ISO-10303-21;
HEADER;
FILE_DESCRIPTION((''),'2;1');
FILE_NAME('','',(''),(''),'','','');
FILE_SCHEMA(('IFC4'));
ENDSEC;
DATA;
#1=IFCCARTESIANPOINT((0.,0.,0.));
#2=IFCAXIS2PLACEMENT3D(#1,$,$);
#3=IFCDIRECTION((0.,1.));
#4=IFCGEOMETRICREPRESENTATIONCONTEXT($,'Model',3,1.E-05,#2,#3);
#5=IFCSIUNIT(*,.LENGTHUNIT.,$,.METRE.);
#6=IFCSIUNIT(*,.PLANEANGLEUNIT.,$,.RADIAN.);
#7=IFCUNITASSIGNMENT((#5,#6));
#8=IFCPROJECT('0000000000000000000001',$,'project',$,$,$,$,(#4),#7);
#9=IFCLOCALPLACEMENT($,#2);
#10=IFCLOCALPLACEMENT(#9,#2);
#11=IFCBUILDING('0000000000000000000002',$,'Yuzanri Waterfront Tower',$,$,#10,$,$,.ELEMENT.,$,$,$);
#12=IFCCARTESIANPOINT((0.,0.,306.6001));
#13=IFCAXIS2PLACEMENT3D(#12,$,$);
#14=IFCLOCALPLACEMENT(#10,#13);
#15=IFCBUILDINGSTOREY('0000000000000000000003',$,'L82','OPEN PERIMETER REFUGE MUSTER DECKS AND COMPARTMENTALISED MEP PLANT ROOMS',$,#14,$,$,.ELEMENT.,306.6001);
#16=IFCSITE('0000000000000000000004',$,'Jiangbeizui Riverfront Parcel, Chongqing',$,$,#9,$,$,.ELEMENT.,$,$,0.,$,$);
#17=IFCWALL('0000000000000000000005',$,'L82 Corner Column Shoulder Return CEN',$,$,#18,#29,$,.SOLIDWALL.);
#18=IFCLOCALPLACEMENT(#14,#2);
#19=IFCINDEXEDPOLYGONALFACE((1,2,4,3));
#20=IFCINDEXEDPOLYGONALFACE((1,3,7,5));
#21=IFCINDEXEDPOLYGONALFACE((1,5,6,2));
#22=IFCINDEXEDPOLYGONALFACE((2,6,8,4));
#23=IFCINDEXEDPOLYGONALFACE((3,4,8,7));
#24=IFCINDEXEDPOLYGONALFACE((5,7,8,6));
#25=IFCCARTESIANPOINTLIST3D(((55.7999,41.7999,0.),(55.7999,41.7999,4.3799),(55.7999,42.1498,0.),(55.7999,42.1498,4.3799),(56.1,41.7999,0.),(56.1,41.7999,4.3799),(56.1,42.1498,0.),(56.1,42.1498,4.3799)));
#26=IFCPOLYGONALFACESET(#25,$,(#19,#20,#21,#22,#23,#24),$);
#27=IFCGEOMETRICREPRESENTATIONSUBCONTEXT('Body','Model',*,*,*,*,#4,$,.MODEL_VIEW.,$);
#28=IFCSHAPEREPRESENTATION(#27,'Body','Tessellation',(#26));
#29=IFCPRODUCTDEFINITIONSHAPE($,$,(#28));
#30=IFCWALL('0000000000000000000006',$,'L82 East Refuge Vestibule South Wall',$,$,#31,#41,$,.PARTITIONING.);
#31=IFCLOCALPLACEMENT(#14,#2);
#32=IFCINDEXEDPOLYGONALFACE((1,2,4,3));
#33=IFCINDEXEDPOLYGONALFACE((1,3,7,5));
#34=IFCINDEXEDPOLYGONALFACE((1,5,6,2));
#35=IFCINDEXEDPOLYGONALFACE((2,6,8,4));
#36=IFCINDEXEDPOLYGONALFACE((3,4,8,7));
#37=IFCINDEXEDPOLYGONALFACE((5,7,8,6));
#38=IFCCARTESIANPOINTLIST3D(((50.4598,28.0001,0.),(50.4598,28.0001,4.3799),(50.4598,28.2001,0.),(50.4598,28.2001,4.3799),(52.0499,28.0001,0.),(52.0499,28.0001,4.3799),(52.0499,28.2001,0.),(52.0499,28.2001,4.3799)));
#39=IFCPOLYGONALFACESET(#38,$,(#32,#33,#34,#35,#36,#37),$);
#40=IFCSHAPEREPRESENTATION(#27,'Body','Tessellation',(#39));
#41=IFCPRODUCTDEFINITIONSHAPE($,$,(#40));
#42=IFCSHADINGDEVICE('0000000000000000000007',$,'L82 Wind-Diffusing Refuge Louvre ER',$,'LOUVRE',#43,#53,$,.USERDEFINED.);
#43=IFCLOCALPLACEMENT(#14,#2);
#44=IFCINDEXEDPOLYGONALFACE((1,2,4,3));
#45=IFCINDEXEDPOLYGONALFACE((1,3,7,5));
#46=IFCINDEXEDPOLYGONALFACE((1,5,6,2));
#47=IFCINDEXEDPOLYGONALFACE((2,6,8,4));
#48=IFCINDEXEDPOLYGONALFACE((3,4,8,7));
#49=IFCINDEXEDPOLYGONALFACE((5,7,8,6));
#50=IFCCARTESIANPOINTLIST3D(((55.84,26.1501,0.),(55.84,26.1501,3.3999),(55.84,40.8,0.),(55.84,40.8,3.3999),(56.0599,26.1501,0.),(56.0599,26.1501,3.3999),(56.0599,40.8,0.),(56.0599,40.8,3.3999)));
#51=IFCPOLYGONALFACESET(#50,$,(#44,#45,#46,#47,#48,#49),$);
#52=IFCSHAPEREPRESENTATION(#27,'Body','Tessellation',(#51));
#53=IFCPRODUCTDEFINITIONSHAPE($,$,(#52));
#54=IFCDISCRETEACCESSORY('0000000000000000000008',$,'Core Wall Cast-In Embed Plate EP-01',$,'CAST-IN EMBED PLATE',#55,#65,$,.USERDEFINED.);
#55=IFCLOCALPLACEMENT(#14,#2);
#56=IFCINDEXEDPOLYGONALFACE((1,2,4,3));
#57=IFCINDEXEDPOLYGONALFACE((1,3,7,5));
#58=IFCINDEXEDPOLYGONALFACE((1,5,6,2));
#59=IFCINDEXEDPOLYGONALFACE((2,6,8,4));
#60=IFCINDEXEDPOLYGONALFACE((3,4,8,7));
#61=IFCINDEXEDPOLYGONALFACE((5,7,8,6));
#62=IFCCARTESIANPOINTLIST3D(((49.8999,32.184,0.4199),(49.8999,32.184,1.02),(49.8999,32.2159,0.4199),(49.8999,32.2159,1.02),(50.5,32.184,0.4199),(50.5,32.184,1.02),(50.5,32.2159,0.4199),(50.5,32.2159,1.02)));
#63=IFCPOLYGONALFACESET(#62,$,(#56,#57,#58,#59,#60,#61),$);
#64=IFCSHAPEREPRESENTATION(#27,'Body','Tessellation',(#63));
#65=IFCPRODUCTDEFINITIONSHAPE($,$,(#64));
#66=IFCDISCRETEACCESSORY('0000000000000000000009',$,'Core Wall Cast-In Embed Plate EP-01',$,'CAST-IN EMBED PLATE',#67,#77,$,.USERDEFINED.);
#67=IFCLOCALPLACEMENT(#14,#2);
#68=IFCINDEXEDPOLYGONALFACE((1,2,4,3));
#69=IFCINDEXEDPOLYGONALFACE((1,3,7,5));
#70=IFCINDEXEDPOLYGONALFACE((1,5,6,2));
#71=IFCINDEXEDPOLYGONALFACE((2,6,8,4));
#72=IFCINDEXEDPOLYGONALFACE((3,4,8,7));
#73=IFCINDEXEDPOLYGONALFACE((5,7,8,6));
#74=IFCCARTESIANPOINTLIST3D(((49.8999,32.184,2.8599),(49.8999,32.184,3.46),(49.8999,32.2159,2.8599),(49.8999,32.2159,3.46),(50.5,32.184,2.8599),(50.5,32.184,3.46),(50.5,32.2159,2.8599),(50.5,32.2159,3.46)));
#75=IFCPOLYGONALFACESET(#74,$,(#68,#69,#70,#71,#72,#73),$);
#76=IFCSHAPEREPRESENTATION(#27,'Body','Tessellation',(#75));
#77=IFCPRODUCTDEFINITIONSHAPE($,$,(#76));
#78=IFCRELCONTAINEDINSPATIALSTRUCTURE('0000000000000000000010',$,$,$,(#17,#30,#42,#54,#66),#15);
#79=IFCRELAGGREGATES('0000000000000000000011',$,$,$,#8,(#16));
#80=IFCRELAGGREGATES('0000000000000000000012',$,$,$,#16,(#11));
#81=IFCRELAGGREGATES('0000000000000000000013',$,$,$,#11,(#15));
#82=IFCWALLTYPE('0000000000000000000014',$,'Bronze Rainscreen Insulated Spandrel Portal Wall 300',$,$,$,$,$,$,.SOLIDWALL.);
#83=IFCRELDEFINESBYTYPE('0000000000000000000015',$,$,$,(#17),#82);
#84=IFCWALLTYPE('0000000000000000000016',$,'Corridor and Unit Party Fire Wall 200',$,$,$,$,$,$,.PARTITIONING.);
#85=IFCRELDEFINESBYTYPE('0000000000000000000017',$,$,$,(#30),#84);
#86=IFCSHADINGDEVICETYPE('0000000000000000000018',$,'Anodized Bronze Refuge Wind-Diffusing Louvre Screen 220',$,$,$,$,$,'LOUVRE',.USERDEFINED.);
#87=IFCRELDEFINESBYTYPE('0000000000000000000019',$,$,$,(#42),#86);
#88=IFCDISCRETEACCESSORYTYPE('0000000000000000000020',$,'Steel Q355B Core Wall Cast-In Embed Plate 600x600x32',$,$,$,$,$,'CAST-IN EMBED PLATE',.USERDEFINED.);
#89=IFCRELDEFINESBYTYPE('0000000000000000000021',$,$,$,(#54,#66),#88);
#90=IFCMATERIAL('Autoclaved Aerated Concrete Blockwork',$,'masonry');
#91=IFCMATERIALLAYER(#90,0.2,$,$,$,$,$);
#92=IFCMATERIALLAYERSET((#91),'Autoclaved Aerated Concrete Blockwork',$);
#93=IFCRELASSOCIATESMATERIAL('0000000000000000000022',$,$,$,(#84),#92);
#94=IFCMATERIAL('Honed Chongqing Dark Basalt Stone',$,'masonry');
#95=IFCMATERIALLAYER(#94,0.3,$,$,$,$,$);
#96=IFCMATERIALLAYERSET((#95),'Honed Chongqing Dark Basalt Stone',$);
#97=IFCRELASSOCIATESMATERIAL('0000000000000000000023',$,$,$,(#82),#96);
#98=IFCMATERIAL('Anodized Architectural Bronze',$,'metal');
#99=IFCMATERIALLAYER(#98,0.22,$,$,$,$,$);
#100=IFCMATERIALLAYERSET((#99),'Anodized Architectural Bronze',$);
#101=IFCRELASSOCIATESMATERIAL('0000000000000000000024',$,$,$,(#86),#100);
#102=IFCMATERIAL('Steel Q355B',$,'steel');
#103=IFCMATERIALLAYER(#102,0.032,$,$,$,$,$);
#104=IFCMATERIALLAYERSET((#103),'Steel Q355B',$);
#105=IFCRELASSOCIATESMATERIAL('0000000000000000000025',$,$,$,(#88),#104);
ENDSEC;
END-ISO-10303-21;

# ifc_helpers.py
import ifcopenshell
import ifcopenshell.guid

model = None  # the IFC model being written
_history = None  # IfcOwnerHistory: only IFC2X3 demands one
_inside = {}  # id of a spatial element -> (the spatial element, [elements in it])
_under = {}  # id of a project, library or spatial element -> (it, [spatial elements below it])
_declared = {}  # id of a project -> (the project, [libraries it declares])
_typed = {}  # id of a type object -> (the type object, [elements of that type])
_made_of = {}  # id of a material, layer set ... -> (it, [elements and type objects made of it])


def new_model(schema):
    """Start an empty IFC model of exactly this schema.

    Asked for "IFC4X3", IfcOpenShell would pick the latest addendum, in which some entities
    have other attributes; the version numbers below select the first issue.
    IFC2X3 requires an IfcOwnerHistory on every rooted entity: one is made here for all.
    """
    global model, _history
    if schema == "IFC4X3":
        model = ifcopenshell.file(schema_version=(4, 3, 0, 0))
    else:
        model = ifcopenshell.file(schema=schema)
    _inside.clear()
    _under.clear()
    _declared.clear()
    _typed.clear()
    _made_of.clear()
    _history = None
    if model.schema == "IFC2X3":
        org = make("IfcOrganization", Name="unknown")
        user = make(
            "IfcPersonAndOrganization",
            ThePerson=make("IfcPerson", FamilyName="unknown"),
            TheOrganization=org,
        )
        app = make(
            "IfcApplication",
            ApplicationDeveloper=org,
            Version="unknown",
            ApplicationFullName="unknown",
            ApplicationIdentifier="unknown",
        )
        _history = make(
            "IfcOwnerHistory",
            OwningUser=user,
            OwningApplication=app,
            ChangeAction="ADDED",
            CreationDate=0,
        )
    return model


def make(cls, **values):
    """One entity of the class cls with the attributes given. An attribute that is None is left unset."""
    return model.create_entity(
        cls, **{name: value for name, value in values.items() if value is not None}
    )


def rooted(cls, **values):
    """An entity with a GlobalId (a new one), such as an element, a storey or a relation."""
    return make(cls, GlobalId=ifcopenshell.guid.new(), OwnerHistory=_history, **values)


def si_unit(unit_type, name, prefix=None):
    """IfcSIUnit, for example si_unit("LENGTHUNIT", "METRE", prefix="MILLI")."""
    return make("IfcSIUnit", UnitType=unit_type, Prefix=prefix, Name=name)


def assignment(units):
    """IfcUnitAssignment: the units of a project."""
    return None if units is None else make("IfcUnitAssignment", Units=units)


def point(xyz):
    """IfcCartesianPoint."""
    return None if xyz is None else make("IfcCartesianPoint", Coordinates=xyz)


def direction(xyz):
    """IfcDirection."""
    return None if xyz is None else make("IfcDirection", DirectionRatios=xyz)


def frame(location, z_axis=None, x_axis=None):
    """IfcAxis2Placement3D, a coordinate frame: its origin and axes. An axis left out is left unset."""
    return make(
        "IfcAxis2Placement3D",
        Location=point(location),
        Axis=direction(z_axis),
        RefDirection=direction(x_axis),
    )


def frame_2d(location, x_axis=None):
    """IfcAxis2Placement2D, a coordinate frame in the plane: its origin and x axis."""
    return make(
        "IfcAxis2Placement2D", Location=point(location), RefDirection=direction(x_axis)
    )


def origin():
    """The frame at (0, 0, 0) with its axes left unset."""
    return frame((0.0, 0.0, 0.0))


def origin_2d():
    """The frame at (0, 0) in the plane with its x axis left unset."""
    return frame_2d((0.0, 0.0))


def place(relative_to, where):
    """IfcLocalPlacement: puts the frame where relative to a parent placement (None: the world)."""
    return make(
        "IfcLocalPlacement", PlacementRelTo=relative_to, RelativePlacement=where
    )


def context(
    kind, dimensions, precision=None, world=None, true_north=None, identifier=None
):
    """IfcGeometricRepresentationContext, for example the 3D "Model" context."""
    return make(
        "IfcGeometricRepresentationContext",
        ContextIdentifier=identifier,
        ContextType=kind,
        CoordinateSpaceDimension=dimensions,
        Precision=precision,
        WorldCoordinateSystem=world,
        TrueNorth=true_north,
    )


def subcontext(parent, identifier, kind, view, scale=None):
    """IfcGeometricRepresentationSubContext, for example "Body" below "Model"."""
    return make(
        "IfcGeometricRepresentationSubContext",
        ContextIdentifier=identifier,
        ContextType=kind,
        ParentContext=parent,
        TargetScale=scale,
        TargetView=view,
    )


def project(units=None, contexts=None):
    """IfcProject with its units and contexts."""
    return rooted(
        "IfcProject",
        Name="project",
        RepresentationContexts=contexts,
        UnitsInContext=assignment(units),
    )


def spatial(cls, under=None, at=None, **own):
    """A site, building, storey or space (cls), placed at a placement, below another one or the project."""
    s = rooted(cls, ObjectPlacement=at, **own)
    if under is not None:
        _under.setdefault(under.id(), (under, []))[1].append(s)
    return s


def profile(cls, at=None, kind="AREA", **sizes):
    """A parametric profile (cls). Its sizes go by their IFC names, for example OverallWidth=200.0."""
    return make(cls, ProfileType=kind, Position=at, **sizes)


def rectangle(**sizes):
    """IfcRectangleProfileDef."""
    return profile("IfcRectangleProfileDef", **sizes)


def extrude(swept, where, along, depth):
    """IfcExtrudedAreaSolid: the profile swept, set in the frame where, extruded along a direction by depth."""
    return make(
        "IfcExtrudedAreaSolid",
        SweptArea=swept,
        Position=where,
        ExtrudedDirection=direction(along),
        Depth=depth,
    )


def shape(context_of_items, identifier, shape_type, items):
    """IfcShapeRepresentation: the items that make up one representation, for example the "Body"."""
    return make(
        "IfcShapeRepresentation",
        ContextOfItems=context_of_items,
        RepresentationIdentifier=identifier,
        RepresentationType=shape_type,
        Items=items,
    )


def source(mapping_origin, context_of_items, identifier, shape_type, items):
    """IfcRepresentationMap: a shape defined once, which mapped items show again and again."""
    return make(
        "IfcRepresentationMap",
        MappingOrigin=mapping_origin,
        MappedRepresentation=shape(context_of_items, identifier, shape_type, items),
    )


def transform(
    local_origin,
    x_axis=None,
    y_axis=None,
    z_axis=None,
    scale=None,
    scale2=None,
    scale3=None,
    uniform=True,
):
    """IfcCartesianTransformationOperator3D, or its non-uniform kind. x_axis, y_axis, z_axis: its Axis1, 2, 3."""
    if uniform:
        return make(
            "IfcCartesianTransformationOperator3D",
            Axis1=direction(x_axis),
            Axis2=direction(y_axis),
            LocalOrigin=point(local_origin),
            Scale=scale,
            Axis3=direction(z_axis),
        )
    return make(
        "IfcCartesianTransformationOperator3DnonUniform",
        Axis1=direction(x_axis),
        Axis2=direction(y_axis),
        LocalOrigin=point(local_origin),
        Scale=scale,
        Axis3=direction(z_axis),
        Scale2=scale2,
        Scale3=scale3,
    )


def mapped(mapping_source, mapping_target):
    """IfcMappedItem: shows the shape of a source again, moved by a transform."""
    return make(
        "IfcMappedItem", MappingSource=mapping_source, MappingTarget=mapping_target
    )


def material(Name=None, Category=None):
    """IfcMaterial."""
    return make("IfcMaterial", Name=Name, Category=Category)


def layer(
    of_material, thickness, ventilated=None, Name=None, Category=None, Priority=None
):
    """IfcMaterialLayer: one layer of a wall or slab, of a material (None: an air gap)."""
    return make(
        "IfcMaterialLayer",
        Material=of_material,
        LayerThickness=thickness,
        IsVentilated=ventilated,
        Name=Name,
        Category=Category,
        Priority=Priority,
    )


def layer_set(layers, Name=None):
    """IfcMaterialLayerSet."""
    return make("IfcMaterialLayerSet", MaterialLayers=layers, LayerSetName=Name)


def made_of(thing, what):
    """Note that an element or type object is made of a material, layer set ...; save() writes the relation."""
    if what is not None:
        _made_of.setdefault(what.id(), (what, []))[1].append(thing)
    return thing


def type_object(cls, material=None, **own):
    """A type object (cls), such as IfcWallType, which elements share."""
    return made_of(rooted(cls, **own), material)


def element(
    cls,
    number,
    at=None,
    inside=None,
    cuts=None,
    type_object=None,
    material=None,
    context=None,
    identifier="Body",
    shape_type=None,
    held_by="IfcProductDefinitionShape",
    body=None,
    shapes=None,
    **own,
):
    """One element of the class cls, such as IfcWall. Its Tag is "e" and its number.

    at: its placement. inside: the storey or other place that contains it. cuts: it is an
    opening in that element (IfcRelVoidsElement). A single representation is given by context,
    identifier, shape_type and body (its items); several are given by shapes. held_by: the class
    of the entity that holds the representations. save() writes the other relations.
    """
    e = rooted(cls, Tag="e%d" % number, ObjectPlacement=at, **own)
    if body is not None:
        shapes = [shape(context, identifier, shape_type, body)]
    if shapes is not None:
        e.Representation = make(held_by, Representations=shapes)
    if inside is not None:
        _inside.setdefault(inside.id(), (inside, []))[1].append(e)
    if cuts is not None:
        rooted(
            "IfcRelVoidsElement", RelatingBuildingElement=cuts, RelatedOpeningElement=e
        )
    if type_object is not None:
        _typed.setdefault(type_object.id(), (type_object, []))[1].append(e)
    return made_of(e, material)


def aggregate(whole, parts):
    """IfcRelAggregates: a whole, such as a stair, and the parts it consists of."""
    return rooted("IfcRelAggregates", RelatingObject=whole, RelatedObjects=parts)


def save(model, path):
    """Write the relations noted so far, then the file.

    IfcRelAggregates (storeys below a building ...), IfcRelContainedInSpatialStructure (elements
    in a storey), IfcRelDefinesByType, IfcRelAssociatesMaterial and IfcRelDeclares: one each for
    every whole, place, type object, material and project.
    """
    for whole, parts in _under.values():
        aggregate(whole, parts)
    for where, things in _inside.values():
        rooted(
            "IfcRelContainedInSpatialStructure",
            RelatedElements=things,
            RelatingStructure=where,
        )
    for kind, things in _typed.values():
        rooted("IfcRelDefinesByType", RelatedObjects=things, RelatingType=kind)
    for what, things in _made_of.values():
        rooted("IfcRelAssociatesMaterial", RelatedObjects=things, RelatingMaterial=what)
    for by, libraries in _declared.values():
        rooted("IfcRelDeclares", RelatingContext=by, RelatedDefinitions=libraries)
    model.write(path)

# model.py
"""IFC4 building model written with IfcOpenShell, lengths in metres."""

from ifc_helpers import new_model, si_unit, direction, frame, frame_2d, origin, origin_2d, place, context, subcontext, project, spatial, rectangle, extrude, source, transform, mapped, material, layer, layer_set, type_object, element, save


model = new_model("IFC4")

# Units and contexts
model_context = context("Model", 3, precision=1e-05, world=origin(), true_north=direction((0.0, 1.0)))
body_context = subcontext(model_context, "Body", "Model", "MODEL_VIEW")
ifc_project = project(units=[si_unit("LENGTHUNIT", "METRE"), si_unit("PLANEANGLEUNIT", "RADIAN")], contexts=[model_context])

# Site, building, storey
site_placement = place(None, origin())
site = spatial("IfcSite", under=ifc_project, at=site_placement, Name="Jiangbeizui Riverfront Parcel, Chongqing", CompositionType="ELEMENT", RefElevation=0.0)
building_placement = place(site_placement, origin())
building = spatial("IfcBuilding", under=site, at=building_placement, Name="Yuzanri Waterfront Tower", CompositionType="ELEMENT")
storey_placement = place(building_placement, frame((0.0, 0.0, 306.6001)))
storey = spatial("IfcBuildingStorey", under=building, at=storey_placement, Name="L82", Description="OPEN PERIMETER REFUGE MUSTER DECKS AND COMPARTMENTALISED MEP PLANT ROOMS", CompositionType="ELEMENT", Elevation=306.6001)

# Shared definitions
ifc_material_1 = material(Name="Autoclaved Aerated Concrete Blockwork", Category="masonry")
ifc_layer_1 = layer(ifc_material_1, 0.2)
ifc_layer_set_1 = layer_set([ifc_layer_1], Name="Autoclaved Aerated Concrete Blockwork")
wall_type_1 = type_object("IfcWallType", Name="Corridor and Unit Party Fire Wall 200", PredefinedType="PARTITIONING", material=ifc_layer_set_1)

# Walls
ifc_material_2 = material(Name="Honed Chongqing Dark Basalt Stone", Category="masonry")
ifc_layer_2 = layer(ifc_material_2, 0.3)
ifc_layer_set_2 = layer_set([ifc_layer_2], Name="Honed Chongqing Dark Basalt Stone")
wall_type_2 = type_object("IfcWallType", Name="Bronze Rainscreen Insulated Spandrel Portal Wall 300", PredefinedType="SOLIDWALL", material=ifc_layer_set_2)
shared_shape_1 = source(origin(), body_context, "Body", "SweptSolid", [
    extrude(rectangle(XDim=0.3499, YDim=0.3, at=frame_2d((0.1748, 0.0))), origin(), (0.0, 0.0, 1.0), 4.3799),
])
wall_1_placement = place(storey_placement, frame((55.95, 41.8, 0.0), z_axis=(0.0, 0.0, 1.0), x_axis=(0.0, 1.0, 0.0)))
element("IfcWall", 1, at=wall_1_placement, inside=storey, type_object=wall_type_2, Name="L82 Corner Column Shoulder Return CEN", PredefinedType="SOLIDWALL", context=body_context, shape_type="MappedRepresentation", body=[
    mapped(shared_shape_1, transform((0.0, 0.0, 0.0), scale=1.0)),
])
shared_shape_2 = source(origin(), body_context, "Body", "SweptSolid", [
    extrude(rectangle(XDim=1.5901, YDim=0.2, at=frame_2d((0.7949, 0.0))), origin(), (0.0, 0.0, 1.0), 4.3799),
])
wall_2_placement = place(storey_placement, frame((50.46, 28.1001, 0.0), z_axis=(0.0, 0.0, 1.0), x_axis=(1.0, 0.0, 0.0)))
element("IfcWall", 2, at=wall_2_placement, inside=storey, type_object=wall_type_1, Name="L82 East Refuge Vestibule South Wall", PredefinedType="PARTITIONING", context=body_context, shape_type="MappedRepresentation", body=[
    mapped(shared_shape_2, transform((0.0, 0.0, 0.0), scale=1.0)),
])

# Shading device
ifc_material_3 = material(Name="Anodized Architectural Bronze", Category="metal")
ifc_layer_3 = layer(ifc_material_3, 0.22)
ifc_layer_set_3 = layer_set([ifc_layer_3], Name="Anodized Architectural Bronze")
shading_device_type = type_object("IfcShadingDeviceType", Name="Anodized Bronze Refuge Wind-Diffusing Louvre Screen 220", ElementType="LOUVRE", PredefinedType="USERDEFINED", material=ifc_layer_set_3)
shared_shape_3 = source(origin(), body_context, "Body", "SweptSolid", [
    extrude(rectangle(XDim=0.22, YDim=14.6499, at=origin_2d()), origin(), (0.0, 0.0, 1.0), 3.3999),
])
shading_device_placement = place(storey_placement, frame((55.95, 33.4751, 0.0), z_axis=(0.0, 0.0, 1.0), x_axis=(1.0, 0.0, 0.0)))
element("IfcShadingDevice", 3, at=shading_device_placement, inside=storey, type_object=shading_device_type, Name="L82 Wind-Diffusing Refuge Louvre ER", ObjectType="LOUVRE", PredefinedType="USERDEFINED", context=body_context, shape_type="MappedRepresentation", body=[
    mapped(shared_shape_3, transform((0.0, 0.0, 0.0), scale=1.0)),
])

# Discrete accessories
ifc_material_4 = material(Name="Steel Q355B", Category="steel")
ifc_layer_4 = layer(ifc_material_4, 0.032)
ifc_layer_set_4 = layer_set([ifc_layer_4], Name="Steel Q355B")
discrete_accessory_type = type_object("IfcDiscreteAccessoryType", Name="Steel Q355B Core Wall Cast-In Embed Plate 600x600x32", ElementType="CAST-IN EMBED PLATE", PredefinedType="USERDEFINED", material=ifc_layer_set_4)
shared_shape_4 = source(origin(), body_context, "Body", "SweptSolid", [
    extrude(rectangle(XDim=0.6001, YDim=0.032, at=origin_2d()), origin(), (0.0, 0.0, 1.0), 0.6001),
])
for number, where, z_axis, x_axis, name in (
    (4, (50.2, 32.2, 0.4199), (0.0, 0.0, 1.0), (1.0, 0.0, 0.0), "Core Wall Cast-In Embed Plate EP-01"),
    (5, (50.2, 32.2, 2.8599), (0.0, 0.0, 1.0), (1.0, 0.0, 0.0), "Core Wall Cast-In Embed Plate EP-01"),
):
    element("IfcDiscreteAccessory", number, at=place(storey_placement, frame(where, z_axis=z_axis, x_axis=x_axis)), inside=storey, type_object=discrete_accessory_type, Name=name, ObjectType="CAST-IN EMBED PLATE", PredefinedType="USERDEFINED", context=body_context, shape_type="MappedRepresentation", body=[
        mapped(shared_shape_4, transform((0.0, 0.0, 0.0), scale=1.0)),
    ])

save(model, "model.ifc")
